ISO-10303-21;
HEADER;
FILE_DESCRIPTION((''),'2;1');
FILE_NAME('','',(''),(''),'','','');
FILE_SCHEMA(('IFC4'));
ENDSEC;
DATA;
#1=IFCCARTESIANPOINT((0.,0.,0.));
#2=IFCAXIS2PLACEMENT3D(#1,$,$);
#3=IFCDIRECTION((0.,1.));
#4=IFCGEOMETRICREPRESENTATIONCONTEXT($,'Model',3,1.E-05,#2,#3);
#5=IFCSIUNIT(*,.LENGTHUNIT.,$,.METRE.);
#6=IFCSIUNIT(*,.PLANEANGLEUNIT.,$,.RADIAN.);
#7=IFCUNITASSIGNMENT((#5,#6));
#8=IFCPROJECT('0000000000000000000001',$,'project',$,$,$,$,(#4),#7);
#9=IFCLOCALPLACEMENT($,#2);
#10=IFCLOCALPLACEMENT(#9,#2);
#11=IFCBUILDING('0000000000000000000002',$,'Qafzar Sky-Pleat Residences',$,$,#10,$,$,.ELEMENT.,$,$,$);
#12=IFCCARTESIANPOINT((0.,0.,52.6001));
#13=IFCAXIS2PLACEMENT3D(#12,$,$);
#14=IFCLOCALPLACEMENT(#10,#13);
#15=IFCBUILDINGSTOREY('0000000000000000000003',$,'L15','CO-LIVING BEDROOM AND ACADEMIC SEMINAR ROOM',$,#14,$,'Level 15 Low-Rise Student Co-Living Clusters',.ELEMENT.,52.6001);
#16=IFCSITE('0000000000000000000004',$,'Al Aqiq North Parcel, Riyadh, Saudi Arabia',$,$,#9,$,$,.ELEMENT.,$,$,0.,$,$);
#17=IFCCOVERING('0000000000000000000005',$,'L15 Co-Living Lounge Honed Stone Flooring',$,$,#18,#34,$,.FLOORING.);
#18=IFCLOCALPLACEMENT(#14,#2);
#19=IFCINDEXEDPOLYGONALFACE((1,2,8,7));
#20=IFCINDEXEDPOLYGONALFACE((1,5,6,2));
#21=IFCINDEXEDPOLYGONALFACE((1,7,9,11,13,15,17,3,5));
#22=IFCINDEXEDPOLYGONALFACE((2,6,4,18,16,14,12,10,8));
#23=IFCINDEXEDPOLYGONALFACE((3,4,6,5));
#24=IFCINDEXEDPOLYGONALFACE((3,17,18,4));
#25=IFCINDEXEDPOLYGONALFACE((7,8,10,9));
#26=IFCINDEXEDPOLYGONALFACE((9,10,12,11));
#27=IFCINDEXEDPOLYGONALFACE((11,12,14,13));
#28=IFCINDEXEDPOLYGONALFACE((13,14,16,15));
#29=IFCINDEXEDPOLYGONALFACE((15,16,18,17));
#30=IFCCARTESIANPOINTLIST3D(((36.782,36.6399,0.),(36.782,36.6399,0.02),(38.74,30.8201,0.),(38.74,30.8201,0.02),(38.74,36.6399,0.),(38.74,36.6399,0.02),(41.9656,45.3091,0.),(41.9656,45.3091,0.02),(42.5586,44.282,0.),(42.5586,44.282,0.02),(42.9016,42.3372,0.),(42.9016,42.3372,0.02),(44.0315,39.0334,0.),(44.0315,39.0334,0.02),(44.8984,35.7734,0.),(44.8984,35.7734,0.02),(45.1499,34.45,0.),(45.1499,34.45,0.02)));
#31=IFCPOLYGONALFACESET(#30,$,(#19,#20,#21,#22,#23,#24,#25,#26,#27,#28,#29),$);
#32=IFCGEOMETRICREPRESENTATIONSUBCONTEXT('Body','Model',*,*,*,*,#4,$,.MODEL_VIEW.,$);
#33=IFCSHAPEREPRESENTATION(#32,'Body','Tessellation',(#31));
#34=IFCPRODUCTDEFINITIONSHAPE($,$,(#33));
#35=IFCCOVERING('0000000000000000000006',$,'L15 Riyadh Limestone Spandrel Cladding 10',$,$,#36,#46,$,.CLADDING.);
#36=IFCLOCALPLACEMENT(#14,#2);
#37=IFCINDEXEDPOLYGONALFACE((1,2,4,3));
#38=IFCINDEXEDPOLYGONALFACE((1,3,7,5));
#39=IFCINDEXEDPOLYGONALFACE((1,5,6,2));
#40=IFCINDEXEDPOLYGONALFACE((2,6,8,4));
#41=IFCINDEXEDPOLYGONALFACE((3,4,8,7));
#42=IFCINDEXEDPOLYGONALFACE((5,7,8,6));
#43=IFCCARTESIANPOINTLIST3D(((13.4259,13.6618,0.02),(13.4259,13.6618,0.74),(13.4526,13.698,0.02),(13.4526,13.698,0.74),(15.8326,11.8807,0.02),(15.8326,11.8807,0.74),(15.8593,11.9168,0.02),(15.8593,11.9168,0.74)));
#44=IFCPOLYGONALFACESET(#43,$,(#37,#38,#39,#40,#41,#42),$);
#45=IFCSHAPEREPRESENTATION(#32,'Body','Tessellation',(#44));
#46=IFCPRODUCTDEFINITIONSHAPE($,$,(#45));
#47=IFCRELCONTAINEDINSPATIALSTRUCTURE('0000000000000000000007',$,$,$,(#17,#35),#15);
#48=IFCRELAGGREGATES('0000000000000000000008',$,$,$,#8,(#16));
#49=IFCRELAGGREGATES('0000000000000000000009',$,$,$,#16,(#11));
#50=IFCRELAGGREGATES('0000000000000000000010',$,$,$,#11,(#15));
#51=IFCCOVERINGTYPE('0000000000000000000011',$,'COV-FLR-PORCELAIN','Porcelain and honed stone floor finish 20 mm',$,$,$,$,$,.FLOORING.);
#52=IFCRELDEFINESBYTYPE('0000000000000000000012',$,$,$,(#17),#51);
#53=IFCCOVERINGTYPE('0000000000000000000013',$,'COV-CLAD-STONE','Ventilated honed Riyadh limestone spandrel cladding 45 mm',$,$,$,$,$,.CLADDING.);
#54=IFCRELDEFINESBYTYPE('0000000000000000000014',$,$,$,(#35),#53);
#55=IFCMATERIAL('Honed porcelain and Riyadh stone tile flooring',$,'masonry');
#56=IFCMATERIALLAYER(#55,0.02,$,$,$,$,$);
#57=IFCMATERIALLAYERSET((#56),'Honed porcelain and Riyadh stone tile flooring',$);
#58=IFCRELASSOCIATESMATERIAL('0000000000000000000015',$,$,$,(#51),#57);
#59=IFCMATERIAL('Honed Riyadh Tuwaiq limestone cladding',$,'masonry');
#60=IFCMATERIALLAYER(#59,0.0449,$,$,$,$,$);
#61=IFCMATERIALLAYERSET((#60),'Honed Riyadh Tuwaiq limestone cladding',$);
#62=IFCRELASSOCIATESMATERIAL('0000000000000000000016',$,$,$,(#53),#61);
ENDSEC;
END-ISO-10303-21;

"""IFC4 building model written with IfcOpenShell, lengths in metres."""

from ifc_helpers import new_model, si_unit, direction, frame, origin, origin_2d, place, context, subcontext, project, spatial, polyline, rectangle, outline, extrude, source, transform, mapped, material, layer, layer_set, type_object, element, save


model = new_model("IFC4")

# Units and contexts
model_context = context("Model", 3, precision=1e-05, world=origin(), true_north=direction((0.0, 1.0)))
body_context = subcontext(model_context, "Body", "Model", "MODEL_VIEW")
ifc_project = project(units=[si_unit("LENGTHUNIT", "METRE"), si_unit("PLANEANGLEUNIT", "RADIAN")], contexts=[model_context])

# Site, building, storey
site_placement = place(None, origin())
site = spatial("IfcSite", under=ifc_project, at=site_placement, Name="Al Aqiq North Parcel, Riyadh, Saudi Arabia", CompositionType="ELEMENT", RefElevation=0.0)
building_placement = place(site_placement, origin())
building = spatial("IfcBuilding", under=site, at=building_placement, Name="Qafzar Sky-Pleat Residences", CompositionType="ELEMENT")
storey_placement = place(building_placement, frame((0.0, 0.0, 52.6001)))
storey = spatial("IfcBuildingStorey", under=building, at=storey_placement, Name="L15", Description="CO-LIVING BEDROOM AND ACADEMIC SEMINAR ROOM", LongName="Level 15 Low-Rise Student Co-Living Clusters", CompositionType="ELEMENT", Elevation=52.6001)

# Coverings
ifc_material_1 = material(Name="Honed porcelain and Riyadh stone tile flooring", Category="masonry")
ifc_layer_1 = layer(ifc_material_1, 0.02)
ifc_layer_set_1 = layer_set([ifc_layer_1], Name="Honed porcelain and Riyadh stone tile flooring")
covering_type_1 = type_object("IfcCoveringType", Name="COV-FLR-PORCELAIN", Description="Porcelain and honed stone floor finish 20 mm", PredefinedType="FLOORING", material=ifc_layer_set_1)
covering_1_placement = place(storey_placement, origin())
element("IfcCovering", 1, at=covering_1_placement, inside=storey, type_object=covering_type_1, Name="L15 Co-Living Lounge Honed Stone Flooring", PredefinedType="FLOORING", context=body_context, shape_type="SweptSolid", body=[
    extrude(outline(polyline([(42.5586, 44.282), (42.9016, 42.3372), (44.0315, 39.0334), (44.8984, 35.7734), (45.1499, 34.45), (38.74, 30.8201), (38.74, 36.6399), (36.782, 36.6399), (41.9656, 45.3091), (42.5586, 44.282)])), origin(), (0.0, 0.0, 1.0), 0.02),
])
ifc_material_2 = material(Name="Honed Riyadh Tuwaiq limestone cladding", Category="masonry")
ifc_layer_2 = layer(ifc_material_2, 0.0449)
ifc_layer_set_2 = layer_set([ifc_layer_2], Name="Honed Riyadh Tuwaiq limestone cladding")
covering_type_2 = type_object("IfcCoveringType", Name="COV-CLAD-STONE", Description="Ventilated honed Riyadh limestone spandrel cladding 45 mm", PredefinedType="CLADDING", material=ifc_layer_set_2)
shared_shape_1 = source(origin(), body_context, "Body", "SweptSolid", [
    extrude(rectangle(XDim=2.9941, YDim=0.0449, at=origin_2d()), origin(), (0.0, 0.0, 1.0), 0.72),
])
covering_2_placement = place(storey_placement, frame((14.6426, 12.7893, 0.02), z_axis=(0.0, 0.0, 1.0), x_axis=(0.803807, -0.59489, 0.0)))
element("IfcCovering", 2, at=covering_2_placement, inside=storey, type_object=covering_type_2, Name="L15 Riyadh Limestone Spandrel Cladding 10", PredefinedType="CLADDING", context=body_context, shape_type="MappedRepresentation", body=[
    mapped(shared_shape_1, transform((0.0, 0.0, 0.0), x_axis=(1.0, 0.0, 0.0), y_axis=(0.0, 1.0, 0.0), z_axis=(0.0, 0.0, 1.0), scale=1.0)),
])

save(model, "model.ifc")
